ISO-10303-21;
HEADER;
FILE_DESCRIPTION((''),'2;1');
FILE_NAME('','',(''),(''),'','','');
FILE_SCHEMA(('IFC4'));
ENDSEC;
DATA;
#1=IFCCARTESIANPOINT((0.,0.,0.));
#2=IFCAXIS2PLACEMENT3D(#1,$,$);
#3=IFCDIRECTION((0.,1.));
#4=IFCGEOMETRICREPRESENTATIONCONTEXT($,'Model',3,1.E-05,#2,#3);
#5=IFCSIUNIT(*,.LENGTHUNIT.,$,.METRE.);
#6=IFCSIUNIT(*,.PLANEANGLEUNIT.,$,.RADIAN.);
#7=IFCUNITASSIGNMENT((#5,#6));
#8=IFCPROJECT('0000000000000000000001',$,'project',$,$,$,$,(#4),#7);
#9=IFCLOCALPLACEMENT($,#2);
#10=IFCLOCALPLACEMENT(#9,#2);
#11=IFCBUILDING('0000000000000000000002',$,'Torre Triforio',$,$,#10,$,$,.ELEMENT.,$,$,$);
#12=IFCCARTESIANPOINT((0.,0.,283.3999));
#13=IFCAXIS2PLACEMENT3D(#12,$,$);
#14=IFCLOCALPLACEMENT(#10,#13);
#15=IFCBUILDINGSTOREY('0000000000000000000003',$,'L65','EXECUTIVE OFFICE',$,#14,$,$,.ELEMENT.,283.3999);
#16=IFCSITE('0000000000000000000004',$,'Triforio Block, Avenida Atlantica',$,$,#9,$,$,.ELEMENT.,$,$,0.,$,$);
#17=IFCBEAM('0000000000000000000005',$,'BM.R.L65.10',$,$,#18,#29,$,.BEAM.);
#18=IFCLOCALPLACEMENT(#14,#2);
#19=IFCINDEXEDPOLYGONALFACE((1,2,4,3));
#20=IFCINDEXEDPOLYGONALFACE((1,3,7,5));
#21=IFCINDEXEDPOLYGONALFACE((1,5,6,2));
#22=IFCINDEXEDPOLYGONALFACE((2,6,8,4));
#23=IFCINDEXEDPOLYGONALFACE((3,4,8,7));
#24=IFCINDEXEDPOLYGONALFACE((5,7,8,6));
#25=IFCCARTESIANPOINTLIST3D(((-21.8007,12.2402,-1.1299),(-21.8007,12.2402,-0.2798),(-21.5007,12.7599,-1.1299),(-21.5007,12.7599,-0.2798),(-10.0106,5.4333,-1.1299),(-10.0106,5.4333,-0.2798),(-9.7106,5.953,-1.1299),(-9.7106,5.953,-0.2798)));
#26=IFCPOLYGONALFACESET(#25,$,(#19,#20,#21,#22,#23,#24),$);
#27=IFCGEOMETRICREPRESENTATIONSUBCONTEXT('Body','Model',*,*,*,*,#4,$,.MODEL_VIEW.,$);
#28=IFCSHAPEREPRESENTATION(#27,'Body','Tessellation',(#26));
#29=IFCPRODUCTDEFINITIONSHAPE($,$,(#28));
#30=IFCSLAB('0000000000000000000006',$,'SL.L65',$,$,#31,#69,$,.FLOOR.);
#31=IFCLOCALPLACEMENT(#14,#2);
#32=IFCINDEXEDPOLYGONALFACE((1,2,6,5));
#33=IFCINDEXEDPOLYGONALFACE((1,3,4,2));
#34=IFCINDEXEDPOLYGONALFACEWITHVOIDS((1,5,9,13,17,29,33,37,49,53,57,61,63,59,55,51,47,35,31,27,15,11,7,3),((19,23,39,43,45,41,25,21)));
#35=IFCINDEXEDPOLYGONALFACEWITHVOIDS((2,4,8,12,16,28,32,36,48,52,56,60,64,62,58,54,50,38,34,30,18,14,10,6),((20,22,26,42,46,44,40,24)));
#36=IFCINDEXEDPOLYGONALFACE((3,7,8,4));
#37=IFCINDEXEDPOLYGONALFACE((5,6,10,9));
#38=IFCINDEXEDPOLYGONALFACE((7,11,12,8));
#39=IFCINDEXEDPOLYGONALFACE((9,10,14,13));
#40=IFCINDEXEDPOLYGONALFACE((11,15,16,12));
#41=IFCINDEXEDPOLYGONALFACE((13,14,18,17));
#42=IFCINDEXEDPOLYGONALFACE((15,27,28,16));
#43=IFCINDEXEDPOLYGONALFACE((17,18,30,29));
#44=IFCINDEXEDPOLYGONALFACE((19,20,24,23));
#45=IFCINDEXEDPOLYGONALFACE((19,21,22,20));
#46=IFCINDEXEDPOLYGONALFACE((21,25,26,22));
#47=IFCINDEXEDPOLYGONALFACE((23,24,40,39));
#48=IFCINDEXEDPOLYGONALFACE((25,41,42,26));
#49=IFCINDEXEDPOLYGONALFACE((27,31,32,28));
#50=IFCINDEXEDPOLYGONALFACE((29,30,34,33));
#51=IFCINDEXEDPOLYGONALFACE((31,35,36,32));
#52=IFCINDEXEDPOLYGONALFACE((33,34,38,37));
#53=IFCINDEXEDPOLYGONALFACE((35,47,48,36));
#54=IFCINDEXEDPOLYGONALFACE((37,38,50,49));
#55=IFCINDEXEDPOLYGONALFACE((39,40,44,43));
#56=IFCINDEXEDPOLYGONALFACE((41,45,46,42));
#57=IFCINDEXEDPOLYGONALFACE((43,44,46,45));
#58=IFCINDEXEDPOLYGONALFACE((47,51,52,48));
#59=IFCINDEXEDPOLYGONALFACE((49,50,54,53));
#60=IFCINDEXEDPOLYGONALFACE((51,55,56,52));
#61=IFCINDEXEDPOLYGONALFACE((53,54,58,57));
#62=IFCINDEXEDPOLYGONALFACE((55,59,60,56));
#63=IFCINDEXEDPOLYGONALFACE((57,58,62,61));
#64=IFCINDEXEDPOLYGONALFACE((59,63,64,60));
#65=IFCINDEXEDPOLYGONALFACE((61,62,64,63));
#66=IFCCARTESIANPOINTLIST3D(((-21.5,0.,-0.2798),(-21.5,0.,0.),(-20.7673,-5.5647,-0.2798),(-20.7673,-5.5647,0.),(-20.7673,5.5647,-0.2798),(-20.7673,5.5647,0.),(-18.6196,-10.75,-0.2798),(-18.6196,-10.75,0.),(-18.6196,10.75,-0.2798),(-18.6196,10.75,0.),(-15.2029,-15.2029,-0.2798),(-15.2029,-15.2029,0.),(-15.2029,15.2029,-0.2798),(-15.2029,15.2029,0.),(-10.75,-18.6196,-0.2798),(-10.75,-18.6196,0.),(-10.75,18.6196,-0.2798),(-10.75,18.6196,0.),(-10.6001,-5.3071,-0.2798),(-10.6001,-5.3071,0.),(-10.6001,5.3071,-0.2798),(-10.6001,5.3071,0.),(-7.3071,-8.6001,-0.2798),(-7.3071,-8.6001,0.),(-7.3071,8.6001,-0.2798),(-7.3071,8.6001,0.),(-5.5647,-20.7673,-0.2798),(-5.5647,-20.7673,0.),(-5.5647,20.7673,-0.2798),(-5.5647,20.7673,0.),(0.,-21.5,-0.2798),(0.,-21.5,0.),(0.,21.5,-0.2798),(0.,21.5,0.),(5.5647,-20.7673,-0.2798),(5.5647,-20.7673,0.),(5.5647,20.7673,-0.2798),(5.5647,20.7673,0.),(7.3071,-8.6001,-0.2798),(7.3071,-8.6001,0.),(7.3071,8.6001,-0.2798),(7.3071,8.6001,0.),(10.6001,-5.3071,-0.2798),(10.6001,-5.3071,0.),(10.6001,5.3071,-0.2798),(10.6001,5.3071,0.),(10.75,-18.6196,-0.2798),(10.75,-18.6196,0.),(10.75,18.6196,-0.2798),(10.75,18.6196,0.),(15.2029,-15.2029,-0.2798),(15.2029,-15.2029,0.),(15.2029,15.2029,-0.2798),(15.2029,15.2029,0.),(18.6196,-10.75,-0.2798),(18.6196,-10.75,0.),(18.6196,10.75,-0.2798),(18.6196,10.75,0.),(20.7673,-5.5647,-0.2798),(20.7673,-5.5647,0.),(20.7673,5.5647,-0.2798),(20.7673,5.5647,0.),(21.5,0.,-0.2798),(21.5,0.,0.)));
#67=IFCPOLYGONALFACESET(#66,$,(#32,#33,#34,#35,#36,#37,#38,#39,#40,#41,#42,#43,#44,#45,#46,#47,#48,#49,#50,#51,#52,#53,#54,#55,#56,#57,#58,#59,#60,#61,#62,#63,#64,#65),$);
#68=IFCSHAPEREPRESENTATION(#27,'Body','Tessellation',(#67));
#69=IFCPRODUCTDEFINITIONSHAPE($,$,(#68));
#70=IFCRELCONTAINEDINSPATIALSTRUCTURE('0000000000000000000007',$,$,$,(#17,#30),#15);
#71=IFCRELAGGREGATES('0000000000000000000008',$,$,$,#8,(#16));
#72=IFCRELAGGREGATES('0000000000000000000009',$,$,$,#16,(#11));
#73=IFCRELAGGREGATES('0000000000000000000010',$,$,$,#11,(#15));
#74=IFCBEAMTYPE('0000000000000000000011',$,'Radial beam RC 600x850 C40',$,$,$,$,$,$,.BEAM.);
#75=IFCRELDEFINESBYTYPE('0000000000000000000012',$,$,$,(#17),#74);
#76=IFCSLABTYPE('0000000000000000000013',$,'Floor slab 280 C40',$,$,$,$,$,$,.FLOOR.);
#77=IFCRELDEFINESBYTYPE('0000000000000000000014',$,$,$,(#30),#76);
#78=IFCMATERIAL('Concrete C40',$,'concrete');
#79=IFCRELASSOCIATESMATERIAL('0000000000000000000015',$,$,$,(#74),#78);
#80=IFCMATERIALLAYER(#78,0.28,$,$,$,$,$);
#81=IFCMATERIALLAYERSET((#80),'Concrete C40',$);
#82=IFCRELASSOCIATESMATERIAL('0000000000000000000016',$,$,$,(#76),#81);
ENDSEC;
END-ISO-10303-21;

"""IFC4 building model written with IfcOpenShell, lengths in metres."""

from ifc_helpers import new_model, si_unit, direction, frame, origin, origin_2d, place, context, subcontext, project, spatial, polyline, rectangle, outline, extrude, material, layer, layer_set, material_profile, profile_set, type_object, element, save


model = new_model("IFC4")

# Units and contexts
model_context = context("Model", 3, precision=1e-05, world=origin(), true_north=direction((0.0, 1.0)))
body_context = subcontext(model_context, "Body", "Model", "MODEL_VIEW")
ifc_project = project(units=[si_unit("LENGTHUNIT", "METRE"), si_unit("PLANEANGLEUNIT", "RADIAN")], contexts=[model_context])

# Site, building, storey
site_placement = place(None, origin())
site = spatial("IfcSite", under=ifc_project, at=site_placement, Name="Triforio Block, Avenida Atlantica", CompositionType="ELEMENT", RefElevation=0.0)
building_placement = place(site_placement, origin())
building = spatial("IfcBuilding", under=site, at=building_placement, Name="Torre Triforio", CompositionType="ELEMENT")
storey_placement = place(building_placement, frame((0.0, 0.0, 283.3999)))
storey = spatial("IfcBuildingStorey", under=building, at=storey_placement, Name="L65", Description="EXECUTIVE OFFICE", CompositionType="ELEMENT", Elevation=283.3999)

# Beam
ifc_material_1 = material(Name="Concrete C40", Category="concrete")
ifc_material_profile = material_profile(ifc_material_1, rectangle(XDim=0.6001, YDim=0.8501, at=origin_2d()), Name="RC 600x850")
ifc_profile_set = profile_set([ifc_material_profile], Name="Concrete C40")
beam_type = type_object("IfcBeamType", Name="Radial beam RC 600x850 C40", PredefinedType="BEAM", material=ifc_profile_set)
beam_placement = place(storey_placement, frame((-9.8606, 5.6931, -0.7048), z_axis=(-0.866029, 0.499995, 0.0), x_axis=(-0.499995, -0.866029, 0.0)))
element("IfcBeam", 1, at=beam_placement, inside=storey, type_object=beam_type, Name="BM.R.L65.10", PredefinedType="BEAM", context=body_context, shape_type="SweptSolid", body=[
    extrude(rectangle(XDim=0.6001, YDim=0.8501, at=origin_2d()), origin(), (0.0, 0.0, 1.0), 13.614),
])

# Slab
ifc_layer_1 = layer(ifc_material_1, 0.28)
ifc_layer_set_1 = layer_set([ifc_layer_1], Name="Concrete C40")
slab_type_1 = type_object("IfcSlabType", Name="Floor slab 280 C40", PredefinedType="FLOOR", material=ifc_layer_set_1)
slab_1_placement = place(storey_placement, frame((0.0, 0.0, -0.2798)))
element("IfcSlab", 2, at=slab_1_placement, inside=storey, type_object=slab_type_1, Name="SL.L65", PredefinedType="FLOOR", context=body_context, shape_type="SweptSolid", body=[
    extrude(outline(polyline([(18.6196, -10.75), (20.7673, -5.5647), (21.5, 0.0), (20.7673, 5.5647), (18.6196, 10.75), (15.2029, 15.2029), (10.75, 18.6196), (5.5647, 20.7673), (0.0, 21.5), (-5.5647, 20.7673), (-10.75, 18.6196), (-15.2029, 15.2029), (-18.6196, 10.75), (-20.7673, 5.5647), (-21.5, 0.0), (-20.7673, -5.5647), (-18.6196, -10.75), (-15.2029, -15.2029), (-10.75, -18.6196), (-5.5647, -20.7673), (0.0, -21.5), (5.5647, -20.7673), (10.75, -18.6196), (15.2029, -15.2029), (18.6196, -10.75)]), holes=[polyline([(10.6001, 5.3071), (10.6001, -5.3071), (7.3071, -8.6001), (-7.3071, -8.6001), (-10.6001, -5.3071), (-10.6001, 5.3071), (-7.3071, 8.6001), (7.3071, 8.6001), (10.6001, 5.3071)])]), origin(), (0.0, 0.0, 1.0), 0.2798),
])

save(model, "model.ifc")
